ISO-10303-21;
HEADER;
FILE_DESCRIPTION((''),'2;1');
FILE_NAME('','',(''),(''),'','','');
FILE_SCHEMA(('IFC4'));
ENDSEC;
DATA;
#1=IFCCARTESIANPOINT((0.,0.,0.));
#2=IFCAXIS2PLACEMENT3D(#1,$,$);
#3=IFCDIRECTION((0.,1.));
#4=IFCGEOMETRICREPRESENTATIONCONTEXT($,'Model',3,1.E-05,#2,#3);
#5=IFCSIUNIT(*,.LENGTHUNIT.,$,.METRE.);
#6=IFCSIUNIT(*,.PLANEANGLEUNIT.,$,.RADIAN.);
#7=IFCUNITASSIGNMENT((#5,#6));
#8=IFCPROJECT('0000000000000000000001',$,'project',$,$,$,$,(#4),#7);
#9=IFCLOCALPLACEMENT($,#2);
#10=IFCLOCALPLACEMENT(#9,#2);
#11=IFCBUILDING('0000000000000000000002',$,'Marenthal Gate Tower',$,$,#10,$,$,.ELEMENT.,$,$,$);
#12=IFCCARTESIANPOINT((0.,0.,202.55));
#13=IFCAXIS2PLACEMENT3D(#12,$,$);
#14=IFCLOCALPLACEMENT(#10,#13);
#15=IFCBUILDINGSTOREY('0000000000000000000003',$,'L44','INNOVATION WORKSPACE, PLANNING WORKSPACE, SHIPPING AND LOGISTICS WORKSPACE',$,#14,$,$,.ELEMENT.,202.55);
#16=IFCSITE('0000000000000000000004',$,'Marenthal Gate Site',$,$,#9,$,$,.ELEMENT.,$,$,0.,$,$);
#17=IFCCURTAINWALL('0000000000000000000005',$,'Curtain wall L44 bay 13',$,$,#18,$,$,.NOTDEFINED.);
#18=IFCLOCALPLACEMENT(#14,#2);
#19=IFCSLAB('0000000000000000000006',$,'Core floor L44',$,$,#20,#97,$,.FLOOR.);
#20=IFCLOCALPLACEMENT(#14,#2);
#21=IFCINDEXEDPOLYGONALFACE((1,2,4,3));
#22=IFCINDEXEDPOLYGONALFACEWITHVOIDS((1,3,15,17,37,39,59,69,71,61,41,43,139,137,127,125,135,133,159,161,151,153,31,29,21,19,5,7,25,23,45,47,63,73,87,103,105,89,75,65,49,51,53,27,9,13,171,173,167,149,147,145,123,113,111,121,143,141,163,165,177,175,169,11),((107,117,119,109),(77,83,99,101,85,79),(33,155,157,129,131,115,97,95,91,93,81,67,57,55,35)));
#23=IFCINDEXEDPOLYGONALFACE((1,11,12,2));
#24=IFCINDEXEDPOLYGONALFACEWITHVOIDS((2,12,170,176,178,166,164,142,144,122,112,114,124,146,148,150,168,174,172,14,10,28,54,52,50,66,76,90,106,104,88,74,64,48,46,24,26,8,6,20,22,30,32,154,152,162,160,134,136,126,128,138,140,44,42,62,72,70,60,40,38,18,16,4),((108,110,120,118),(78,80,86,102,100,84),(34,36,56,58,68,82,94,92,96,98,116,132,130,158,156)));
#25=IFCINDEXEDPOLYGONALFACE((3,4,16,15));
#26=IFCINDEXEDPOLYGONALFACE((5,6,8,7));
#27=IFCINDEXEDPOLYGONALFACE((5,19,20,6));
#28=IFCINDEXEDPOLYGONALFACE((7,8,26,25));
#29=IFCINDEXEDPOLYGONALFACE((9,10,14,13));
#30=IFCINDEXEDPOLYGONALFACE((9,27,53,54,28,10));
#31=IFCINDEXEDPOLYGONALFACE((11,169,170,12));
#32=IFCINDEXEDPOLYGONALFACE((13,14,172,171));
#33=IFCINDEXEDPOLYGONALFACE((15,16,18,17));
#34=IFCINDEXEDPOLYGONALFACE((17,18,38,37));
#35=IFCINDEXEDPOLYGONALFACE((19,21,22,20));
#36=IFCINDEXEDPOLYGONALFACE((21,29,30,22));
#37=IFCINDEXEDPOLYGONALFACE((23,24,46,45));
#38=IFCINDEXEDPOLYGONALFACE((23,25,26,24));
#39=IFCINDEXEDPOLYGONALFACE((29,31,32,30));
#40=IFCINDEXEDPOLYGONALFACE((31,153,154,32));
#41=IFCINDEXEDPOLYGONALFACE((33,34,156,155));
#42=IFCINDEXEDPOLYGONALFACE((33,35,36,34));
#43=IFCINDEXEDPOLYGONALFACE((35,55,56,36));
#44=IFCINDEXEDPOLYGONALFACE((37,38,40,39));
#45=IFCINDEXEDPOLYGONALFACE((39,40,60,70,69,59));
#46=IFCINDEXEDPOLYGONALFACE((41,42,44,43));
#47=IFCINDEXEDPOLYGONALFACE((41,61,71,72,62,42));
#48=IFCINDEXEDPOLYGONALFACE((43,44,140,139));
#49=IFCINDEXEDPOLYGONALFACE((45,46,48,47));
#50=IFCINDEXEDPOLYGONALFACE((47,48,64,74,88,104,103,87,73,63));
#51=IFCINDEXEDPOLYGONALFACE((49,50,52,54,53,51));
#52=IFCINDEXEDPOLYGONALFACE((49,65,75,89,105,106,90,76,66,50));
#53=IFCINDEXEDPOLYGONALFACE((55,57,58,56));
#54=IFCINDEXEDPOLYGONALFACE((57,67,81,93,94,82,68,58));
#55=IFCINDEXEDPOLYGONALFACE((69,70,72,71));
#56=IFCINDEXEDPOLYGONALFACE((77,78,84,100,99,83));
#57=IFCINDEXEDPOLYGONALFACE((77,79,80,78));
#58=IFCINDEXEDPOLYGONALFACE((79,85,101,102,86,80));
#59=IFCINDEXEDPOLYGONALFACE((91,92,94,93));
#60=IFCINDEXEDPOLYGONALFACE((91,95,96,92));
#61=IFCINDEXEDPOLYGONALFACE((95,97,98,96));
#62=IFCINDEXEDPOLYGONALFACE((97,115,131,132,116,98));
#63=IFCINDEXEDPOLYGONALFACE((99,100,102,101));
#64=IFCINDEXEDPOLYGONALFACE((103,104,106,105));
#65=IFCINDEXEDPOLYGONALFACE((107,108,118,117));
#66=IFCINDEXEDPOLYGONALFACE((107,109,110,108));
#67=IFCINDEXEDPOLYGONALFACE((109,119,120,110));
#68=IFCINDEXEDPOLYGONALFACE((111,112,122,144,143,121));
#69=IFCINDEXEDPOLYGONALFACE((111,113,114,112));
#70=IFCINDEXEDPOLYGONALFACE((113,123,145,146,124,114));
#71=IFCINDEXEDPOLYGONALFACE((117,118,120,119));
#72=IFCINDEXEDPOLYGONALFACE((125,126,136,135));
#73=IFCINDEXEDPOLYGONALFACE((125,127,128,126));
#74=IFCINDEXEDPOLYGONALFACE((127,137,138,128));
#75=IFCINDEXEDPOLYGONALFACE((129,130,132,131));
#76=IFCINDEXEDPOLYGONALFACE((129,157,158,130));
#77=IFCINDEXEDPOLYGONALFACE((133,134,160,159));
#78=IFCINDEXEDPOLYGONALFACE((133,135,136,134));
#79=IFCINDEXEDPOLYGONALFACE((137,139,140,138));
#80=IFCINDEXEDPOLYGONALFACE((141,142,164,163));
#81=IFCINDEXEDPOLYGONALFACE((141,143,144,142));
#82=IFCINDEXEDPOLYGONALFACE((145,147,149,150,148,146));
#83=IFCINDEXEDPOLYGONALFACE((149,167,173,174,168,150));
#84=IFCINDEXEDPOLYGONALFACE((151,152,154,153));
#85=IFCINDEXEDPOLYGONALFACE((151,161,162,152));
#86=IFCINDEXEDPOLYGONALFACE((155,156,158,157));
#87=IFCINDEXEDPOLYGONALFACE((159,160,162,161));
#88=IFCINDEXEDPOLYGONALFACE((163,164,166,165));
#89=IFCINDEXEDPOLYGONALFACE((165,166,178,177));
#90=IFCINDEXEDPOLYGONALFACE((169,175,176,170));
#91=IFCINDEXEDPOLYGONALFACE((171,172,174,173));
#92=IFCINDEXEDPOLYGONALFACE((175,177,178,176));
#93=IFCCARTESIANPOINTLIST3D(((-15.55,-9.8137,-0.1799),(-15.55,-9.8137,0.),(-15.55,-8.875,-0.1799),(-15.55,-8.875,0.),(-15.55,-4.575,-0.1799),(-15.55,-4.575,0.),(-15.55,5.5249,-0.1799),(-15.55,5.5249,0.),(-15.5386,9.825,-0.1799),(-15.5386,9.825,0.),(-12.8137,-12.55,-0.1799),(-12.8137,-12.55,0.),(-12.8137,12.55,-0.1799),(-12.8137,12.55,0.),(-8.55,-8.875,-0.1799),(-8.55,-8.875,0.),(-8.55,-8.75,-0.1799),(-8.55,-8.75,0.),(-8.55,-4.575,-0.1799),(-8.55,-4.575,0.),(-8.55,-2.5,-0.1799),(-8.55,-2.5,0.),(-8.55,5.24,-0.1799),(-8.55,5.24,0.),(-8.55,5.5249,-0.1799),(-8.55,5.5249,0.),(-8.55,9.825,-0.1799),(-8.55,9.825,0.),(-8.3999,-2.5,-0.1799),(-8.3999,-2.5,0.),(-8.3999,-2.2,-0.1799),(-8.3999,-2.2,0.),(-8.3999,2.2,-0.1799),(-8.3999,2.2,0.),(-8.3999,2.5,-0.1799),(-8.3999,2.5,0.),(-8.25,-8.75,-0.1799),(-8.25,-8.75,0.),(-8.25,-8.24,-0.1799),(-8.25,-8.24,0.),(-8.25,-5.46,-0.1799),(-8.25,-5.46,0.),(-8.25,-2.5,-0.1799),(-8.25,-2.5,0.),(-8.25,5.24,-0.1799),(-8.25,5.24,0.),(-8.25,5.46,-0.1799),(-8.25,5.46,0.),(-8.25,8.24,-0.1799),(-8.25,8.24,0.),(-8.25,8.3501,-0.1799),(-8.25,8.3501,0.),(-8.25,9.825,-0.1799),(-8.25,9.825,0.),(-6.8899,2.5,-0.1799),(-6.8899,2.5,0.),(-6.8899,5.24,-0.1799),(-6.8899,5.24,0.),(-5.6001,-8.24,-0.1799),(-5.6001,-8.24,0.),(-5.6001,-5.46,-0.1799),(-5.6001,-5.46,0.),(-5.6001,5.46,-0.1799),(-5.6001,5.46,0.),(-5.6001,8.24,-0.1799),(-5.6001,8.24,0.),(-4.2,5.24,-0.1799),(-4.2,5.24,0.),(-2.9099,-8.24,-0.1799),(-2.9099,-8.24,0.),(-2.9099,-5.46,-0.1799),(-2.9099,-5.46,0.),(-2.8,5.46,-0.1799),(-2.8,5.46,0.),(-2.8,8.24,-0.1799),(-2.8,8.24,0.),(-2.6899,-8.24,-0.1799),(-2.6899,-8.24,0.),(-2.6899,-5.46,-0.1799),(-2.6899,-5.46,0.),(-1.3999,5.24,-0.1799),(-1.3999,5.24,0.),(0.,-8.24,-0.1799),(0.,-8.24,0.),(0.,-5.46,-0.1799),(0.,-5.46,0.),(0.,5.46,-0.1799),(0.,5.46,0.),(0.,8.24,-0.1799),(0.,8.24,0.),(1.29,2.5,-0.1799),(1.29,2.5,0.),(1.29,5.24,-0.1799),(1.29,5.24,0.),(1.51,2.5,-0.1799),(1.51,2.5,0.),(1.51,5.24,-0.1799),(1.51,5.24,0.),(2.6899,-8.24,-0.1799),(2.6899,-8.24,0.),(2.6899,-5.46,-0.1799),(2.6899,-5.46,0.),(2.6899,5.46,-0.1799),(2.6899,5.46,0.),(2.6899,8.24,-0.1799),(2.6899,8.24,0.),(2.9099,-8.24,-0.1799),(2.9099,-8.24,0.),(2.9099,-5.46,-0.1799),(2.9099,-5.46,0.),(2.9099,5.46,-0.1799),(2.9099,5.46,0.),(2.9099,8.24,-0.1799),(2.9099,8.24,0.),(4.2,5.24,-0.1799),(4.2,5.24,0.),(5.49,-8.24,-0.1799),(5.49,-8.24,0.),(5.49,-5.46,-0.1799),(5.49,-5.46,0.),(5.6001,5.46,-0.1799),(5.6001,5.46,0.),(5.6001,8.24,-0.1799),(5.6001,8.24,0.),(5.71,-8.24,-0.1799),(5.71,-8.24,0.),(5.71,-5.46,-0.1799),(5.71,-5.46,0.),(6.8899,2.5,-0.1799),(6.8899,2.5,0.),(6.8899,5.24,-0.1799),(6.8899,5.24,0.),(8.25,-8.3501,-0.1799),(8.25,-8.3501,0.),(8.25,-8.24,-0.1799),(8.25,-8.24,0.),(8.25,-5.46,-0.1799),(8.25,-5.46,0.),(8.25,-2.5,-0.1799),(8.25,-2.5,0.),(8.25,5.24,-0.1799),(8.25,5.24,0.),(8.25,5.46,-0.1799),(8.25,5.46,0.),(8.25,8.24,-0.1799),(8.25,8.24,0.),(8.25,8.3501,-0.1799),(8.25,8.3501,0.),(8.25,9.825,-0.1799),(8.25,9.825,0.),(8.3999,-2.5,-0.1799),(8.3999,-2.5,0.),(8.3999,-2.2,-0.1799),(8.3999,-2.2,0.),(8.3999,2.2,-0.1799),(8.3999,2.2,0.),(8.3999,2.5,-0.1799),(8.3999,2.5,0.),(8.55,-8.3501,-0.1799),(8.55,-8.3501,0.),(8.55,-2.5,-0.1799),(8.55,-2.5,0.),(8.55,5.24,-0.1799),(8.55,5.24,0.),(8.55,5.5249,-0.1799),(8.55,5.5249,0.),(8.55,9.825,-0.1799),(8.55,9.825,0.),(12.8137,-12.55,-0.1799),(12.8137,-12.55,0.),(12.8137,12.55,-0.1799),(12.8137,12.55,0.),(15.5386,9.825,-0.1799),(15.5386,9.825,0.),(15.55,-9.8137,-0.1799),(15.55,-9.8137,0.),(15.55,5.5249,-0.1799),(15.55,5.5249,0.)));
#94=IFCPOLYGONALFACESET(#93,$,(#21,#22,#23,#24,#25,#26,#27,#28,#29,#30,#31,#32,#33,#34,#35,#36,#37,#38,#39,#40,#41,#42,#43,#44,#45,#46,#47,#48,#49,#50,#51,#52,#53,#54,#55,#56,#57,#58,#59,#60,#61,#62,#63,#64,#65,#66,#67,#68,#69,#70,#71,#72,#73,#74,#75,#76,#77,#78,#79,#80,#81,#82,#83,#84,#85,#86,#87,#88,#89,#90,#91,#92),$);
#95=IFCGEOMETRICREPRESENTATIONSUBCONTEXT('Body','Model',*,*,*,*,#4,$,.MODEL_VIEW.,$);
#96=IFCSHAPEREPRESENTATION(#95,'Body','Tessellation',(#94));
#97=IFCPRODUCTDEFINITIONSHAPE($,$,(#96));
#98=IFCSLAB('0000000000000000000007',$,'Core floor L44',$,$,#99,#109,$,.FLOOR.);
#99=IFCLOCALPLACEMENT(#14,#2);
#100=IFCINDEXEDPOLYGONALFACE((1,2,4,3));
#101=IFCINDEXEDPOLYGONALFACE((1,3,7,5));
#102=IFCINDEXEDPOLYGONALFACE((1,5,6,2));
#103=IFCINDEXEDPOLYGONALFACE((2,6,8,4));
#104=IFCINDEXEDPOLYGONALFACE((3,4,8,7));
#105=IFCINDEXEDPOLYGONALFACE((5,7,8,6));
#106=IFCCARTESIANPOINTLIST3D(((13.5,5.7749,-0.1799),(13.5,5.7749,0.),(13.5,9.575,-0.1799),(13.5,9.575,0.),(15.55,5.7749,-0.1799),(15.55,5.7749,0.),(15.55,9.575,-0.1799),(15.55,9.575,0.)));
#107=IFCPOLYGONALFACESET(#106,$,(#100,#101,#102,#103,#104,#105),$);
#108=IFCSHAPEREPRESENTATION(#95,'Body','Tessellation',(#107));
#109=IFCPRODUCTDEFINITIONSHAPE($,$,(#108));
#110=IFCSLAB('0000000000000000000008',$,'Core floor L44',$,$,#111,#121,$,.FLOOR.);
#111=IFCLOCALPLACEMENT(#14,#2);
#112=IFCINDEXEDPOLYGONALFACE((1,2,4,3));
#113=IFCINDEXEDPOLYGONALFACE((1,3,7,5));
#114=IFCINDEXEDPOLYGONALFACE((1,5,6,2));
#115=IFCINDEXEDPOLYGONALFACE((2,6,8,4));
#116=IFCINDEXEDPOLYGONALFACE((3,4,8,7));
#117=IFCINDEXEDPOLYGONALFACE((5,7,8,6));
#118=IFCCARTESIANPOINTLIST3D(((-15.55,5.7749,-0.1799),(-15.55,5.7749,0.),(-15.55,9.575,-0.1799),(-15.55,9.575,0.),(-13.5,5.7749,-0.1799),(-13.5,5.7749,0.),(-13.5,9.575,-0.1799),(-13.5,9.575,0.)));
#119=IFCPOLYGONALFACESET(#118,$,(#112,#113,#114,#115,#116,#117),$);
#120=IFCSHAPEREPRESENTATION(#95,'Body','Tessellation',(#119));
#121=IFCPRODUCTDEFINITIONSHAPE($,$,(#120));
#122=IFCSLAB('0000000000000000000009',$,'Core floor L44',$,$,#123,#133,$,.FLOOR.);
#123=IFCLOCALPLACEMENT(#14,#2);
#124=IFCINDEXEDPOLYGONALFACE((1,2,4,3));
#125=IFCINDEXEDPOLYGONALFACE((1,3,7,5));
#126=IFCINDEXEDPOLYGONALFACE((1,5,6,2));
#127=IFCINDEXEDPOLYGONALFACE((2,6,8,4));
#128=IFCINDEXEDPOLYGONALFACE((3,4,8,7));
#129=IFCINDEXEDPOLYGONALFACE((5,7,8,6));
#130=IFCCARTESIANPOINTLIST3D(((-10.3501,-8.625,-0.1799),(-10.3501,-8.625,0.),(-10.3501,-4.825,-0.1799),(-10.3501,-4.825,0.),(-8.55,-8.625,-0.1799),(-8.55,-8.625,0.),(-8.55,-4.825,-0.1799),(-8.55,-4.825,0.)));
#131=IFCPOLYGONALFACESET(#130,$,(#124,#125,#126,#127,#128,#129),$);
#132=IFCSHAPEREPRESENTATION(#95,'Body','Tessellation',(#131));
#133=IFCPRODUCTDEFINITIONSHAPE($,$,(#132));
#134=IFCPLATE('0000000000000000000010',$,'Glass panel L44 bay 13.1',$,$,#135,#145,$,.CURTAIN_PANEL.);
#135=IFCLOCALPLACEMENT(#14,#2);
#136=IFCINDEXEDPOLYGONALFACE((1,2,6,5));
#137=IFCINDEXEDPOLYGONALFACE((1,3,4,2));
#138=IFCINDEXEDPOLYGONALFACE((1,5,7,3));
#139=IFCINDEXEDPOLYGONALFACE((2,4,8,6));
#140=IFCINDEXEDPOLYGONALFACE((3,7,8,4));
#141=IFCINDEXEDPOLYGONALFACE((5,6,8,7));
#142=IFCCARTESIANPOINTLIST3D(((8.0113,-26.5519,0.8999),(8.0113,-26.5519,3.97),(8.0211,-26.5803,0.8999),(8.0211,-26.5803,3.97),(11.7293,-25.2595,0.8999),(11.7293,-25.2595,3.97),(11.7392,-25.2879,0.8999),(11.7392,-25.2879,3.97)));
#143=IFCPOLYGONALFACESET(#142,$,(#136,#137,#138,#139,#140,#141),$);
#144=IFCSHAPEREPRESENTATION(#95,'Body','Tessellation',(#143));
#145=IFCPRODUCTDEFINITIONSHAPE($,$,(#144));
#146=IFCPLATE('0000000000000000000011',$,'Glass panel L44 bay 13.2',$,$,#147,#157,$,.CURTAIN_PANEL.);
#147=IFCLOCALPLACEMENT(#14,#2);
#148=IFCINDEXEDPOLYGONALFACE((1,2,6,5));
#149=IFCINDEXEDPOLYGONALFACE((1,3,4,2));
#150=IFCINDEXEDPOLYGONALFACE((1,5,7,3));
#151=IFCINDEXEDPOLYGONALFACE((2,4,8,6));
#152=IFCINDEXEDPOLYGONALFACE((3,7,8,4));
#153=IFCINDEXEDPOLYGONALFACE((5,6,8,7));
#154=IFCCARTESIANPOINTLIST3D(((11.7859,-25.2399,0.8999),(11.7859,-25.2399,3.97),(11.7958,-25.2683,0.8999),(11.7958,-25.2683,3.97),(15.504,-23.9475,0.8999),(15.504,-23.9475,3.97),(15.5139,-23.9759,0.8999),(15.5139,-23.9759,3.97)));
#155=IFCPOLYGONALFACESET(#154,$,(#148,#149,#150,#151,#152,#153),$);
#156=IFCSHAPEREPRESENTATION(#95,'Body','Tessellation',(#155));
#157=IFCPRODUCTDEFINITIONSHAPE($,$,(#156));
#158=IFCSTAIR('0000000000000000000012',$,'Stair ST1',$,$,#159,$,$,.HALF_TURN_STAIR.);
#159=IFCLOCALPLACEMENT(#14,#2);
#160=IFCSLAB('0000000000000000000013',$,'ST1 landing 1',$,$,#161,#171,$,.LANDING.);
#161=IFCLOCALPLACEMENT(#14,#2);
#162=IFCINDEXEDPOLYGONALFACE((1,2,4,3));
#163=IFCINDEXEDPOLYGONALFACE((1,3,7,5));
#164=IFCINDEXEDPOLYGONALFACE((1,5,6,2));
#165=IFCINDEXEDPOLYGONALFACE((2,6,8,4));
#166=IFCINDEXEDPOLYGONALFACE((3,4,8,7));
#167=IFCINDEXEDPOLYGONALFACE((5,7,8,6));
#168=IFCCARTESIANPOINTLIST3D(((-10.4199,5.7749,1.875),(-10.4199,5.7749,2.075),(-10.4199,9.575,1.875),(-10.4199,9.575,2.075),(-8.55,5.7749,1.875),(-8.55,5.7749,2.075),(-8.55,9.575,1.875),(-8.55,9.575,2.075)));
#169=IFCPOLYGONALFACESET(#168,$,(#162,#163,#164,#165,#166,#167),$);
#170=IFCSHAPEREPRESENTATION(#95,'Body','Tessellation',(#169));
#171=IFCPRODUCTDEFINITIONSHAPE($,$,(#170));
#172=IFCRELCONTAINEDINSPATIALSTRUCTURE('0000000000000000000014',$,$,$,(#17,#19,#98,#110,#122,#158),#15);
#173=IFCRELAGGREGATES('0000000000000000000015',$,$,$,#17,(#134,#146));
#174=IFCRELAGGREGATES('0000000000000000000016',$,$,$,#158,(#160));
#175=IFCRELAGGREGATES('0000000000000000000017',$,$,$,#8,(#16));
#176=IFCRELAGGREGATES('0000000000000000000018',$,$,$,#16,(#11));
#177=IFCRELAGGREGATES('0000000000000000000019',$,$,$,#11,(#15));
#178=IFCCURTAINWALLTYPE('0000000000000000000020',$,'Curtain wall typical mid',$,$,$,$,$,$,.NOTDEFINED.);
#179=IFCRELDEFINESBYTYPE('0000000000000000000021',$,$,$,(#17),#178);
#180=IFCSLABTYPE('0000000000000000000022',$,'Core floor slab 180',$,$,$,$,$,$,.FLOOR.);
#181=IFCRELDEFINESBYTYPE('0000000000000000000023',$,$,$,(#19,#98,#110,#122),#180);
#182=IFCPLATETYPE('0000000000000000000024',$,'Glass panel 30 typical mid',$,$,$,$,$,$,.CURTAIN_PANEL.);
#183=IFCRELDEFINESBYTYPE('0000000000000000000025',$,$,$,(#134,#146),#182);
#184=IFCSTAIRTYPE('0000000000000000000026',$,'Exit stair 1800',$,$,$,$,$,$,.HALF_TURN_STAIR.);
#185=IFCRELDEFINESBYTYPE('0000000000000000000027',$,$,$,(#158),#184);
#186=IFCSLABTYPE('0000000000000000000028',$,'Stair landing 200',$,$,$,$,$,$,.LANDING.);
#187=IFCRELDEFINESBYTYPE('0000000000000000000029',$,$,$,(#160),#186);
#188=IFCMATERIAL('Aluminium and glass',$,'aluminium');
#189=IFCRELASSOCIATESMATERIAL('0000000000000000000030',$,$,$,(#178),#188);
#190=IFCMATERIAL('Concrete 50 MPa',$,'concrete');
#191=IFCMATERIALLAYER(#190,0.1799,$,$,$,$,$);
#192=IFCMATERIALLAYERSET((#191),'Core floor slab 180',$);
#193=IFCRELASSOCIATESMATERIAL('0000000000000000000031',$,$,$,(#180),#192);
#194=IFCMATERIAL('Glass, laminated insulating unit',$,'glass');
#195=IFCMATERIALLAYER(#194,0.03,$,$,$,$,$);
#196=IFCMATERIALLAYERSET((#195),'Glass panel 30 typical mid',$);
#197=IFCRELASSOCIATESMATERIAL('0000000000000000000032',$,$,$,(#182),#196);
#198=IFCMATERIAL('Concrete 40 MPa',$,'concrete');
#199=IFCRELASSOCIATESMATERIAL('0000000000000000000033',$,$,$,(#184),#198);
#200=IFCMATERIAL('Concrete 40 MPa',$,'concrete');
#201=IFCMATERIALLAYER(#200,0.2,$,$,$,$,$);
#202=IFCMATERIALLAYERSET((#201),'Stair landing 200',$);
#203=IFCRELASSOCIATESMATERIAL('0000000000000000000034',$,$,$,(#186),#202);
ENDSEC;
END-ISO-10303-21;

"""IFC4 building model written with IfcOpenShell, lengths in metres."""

from ifc_helpers import new_model, si_unit, direction, frame, origin, origin_2d, place, context, subcontext, project, spatial, polyline, rectangle, outline, extrude, material, layer, layer_set, type_object, element, aggregate, save


model = new_model("IFC4")

# Units and contexts
model_context = context("Model", 3, precision=1e-05, world=origin(), true_north=direction((0.0, 1.0)))
body_context = subcontext(model_context, "Body", "Model", "MODEL_VIEW")
ifc_project = project(units=[si_unit("LENGTHUNIT", "METRE"), si_unit("PLANEANGLEUNIT", "RADIAN")], contexts=[model_context])

# Site, building, storey
site_placement = place(None, origin())
site = spatial("IfcSite", under=ifc_project, at=site_placement, Name="Marenthal Gate Site", CompositionType="ELEMENT", RefElevation=0.0)
building_placement = place(site_placement, origin())
building = spatial("IfcBuilding", under=site, at=building_placement, Name="Marenthal Gate Tower", CompositionType="ELEMENT")
storey_placement = place(building_placement, frame((0.0, 0.0, 202.55)))
storey = spatial("IfcBuildingStorey", under=building, at=storey_placement, Name="L44", Description="INNOVATION WORKSPACE, PLANNING WORKSPACE, SHIPPING AND LOGISTICS WORKSPACE", CompositionType="ELEMENT", Elevation=202.55)

# Curtain wall
ifc_material_1 = material(Name="Aluminium and glass", Category="aluminium")
curtain_wall_type = type_object("IfcCurtainWallType", Name="Curtain wall typical mid", PredefinedType="NOTDEFINED", material=ifc_material_1)
curtain_wall_placement = place(storey_placement, origin())
curtain_wall = element("IfcCurtainWall", 1, at=curtain_wall_placement, inside=storey, type_object=curtain_wall_type, Name="Curtain wall L44 bay 13", PredefinedType="NOTDEFINED")

# Slabs
ifc_material_2 = material(Name="Concrete 50 MPa", Category="concrete")
ifc_layer_1 = layer(ifc_material_2, 0.1799)
ifc_layer_set_1 = layer_set([ifc_layer_1], Name="Core floor slab 180")
slab_type_1 = type_object("IfcSlabType", Name="Core floor slab 180", PredefinedType="FLOOR", material=ifc_layer_set_1)
slab_1_placement = place(storey_placement, frame((0.0, 0.0, -0.1799)))
element("IfcSlab", 2, at=slab_1_placement, inside=storey, type_object=slab_type_1, Name="Core floor L44", PredefinedType="FLOOR", context=body_context, shape_type="SweptSolid", body=[
    extrude(outline(polyline([(12.8137, -12.55), (-12.8137, -12.55), (-15.55, -9.8137), (-15.55, -8.875), (-8.55, -8.875), (-8.55, -8.75), (-8.25, -8.75), (-8.25, -8.24), (-5.6001, -8.24), (-2.9099, -8.24), (-2.9099, -5.46), (-5.6001, -5.46), (-8.25, -5.46), (-8.25, -2.5), (8.25, -2.5), (8.25, -5.46), (5.71, -5.46), (5.71, -8.24), (8.25, -8.24), (8.25, -8.3501), (8.55, -8.3501), (8.55, -2.5), (8.3999, -2.5), (8.3999, -2.2), (-8.3999, -2.2), (-8.3999, -2.5), (-8.55, -2.5), (-8.55, -4.575), (-15.55, -4.575), (-15.55, 5.5249), (-8.55, 5.5249), (-8.55, 5.24), (-8.25, 5.24), (-8.25, 5.46), (-5.6001, 5.46), (-2.8, 5.46), (0.0, 5.46), (2.6899, 5.46), (2.6899, 8.24), (0.0, 8.24), (-2.8, 8.24), (-5.6001, 8.24), (-8.25, 8.24), (-8.25, 8.3501), (-8.25, 9.825), (-8.55, 9.825), (-15.5386, 9.825), (-12.8137, 12.55), (12.8137, 12.55), (15.5386, 9.825), (8.55, 9.825), (8.25, 9.825), (8.25, 8.3501), (8.25, 8.24), (5.6001, 8.24), (2.9099, 8.24), (2.9099, 5.46), (5.6001, 5.46), (8.25, 5.46), (8.25, 5.24), (8.55, 5.24), (8.55, 5.5249), (15.55, 5.5249), (15.55, -9.8137), (12.8137, -12.55)]), holes=[polyline([(2.6899, -8.24), (2.6899, -5.46), (0.0, -5.46), (-2.6899, -5.46), (-2.6899, -8.24), (0.0, -8.24), (2.6899, -8.24)]), polyline([(-6.8899, 5.24), (-6.8899, 2.5), (-8.3999, 2.5), (-8.3999, 2.2), (8.3999, 2.2), (8.3999, 2.5), (6.8899, 2.5), (6.8899, 5.24), (4.2, 5.24), (1.51, 5.24), (1.51, 2.5), (1.29, 2.5), (1.29, 5.24), (-1.3999, 5.24), (-4.2, 5.24), (-6.8899, 5.24)]), polyline([(5.49, -8.24), (5.49, -5.46), (2.9099, -5.46), (2.9099, -8.24), (5.49, -8.24)])]), origin(), (0.0, 0.0, 1.0), 0.1799),
])
slab_2_placement = place(storey_placement, frame((0.0, 0.0, -0.1799)))
element("IfcSlab", 3, at=slab_2_placement, inside=storey, type_object=slab_type_1, Name="Core floor L44", PredefinedType="FLOOR", context=body_context, shape_type="SweptSolid", body=[
    extrude(outline(polyline([(15.55, 5.7749), (13.5, 5.7749), (13.5, 9.575), (15.55, 9.575), (15.55, 5.7749)])), origin(), (0.0, 0.0, 1.0), 0.1799),
])
slab_3_placement = place(storey_placement, frame((0.0, 0.0, -0.1799)))
element("IfcSlab", 4, at=slab_3_placement, inside=storey, type_object=slab_type_1, Name="Core floor L44", PredefinedType="FLOOR", context=body_context, shape_type="SweptSolid", body=[
    extrude(outline(polyline([(-15.55, 9.575), (-13.5, 9.575), (-13.5, 5.7749), (-15.55, 5.7749), (-15.55, 9.575)])), origin(), (0.0, 0.0, 1.0), 0.1799),
])
slab_4_placement = place(storey_placement, frame((0.0, 0.0, -0.1799)))
element("IfcSlab", 5, at=slab_4_placement, inside=storey, type_object=slab_type_1, Name="Core floor L44", PredefinedType="FLOOR", context=body_context, shape_type="SweptSolid", body=[
    extrude(outline(polyline([(-8.55, -8.625), (-10.3501, -8.625), (-10.3501, -4.825), (-8.55, -4.825), (-8.55, -8.625)])), origin(), (0.0, 0.0, 1.0), 0.1799),
])

# Plates
ifc_material_3 = material(Name="Glass, laminated insulating unit", Category="glass")
ifc_layer_2 = layer(ifc_material_3, 0.03)
ifc_layer_set_2 = layer_set([ifc_layer_2], Name="Glass panel 30 typical mid")
plate_type = type_object("IfcPlateType", Name="Glass panel 30 typical mid", PredefinedType="CURTAIN_PANEL", material=ifc_layer_set_2)
plate_1_placement = place(storey_placement, frame((9.8752, -25.9199, 0.8999), z_axis=(0.0, 0.0, 1.0), x_axis=(0.944562, 0.328332, 0.0)))
plate_1 = element("IfcPlate", 6, at=plate_1_placement, type_object=plate_type, Name="Glass panel L44 bay 13.1", PredefinedType="CURTAIN_PANEL", context=body_context, shape_type="SweptSolid", body=[
    extrude(rectangle(XDim=3.9363, YDim=0.03, at=origin_2d()), origin(), (0.0, 0.0, 1.0), 3.0701),
])
plate_2_placement = place(storey_placement, frame((13.6499, -24.6079, 0.8999), z_axis=(0.0, 0.0, 1.0), x_axis=(0.944562, 0.328332, 0.0)))
plate_2 = element("IfcPlate", 7, at=plate_2_placement, type_object=plate_type, Name="Glass panel L44 bay 13.2", PredefinedType="CURTAIN_PANEL", context=body_context, shape_type="SweptSolid", body=[
    extrude(rectangle(XDim=3.9363, YDim=0.03, at=origin_2d()), origin(), (0.0, 0.0, 1.0), 3.0701),
])
aggregate(curtain_wall, [plate_1, plate_2])

# Stair, slab
ifc_material_4 = material(Name="Concrete 40 MPa", Category="concrete")
stair_type = type_object("IfcStairType", Name="Exit stair 1800", PredefinedType="HALF_TURN_STAIR", material=ifc_material_4)
stair_placement = place(storey_placement, origin())
stair = element("IfcStair", 8, at=stair_placement, inside=storey, type_object=stair_type, Name="Stair ST1", PredefinedType="HALF_TURN_STAIR")
ifc_material_5 = material(Name="Concrete 40 MPa", Category="concrete")
ifc_layer_3 = layer(ifc_material_5, 0.2)
ifc_layer_set_3 = layer_set([ifc_layer_3], Name="Stair landing 200")
slab_type_2 = type_object("IfcSlabType", Name="Stair landing 200", PredefinedType="LANDING", material=ifc_layer_set_3)
slab_5_placement = place(storey_placement, frame((0.0, 0.0, 1.875)))
slab_5 = element("IfcSlab", 9, at=slab_5_placement, type_object=slab_type_2, Name="ST1 landing 1", PredefinedType="LANDING", context=body_context, shape_type="SweptSolid", body=[
    extrude(outline(polyline([(-10.4199, 5.7749), (-8.55, 5.7749), (-8.55, 9.575), (-10.4199, 9.575), (-10.4199, 5.7749)])), origin(), (0.0, 0.0, 1.0), 0.2),
])
aggregate(stair, [slab_5])

save(model, "model.ifc")
